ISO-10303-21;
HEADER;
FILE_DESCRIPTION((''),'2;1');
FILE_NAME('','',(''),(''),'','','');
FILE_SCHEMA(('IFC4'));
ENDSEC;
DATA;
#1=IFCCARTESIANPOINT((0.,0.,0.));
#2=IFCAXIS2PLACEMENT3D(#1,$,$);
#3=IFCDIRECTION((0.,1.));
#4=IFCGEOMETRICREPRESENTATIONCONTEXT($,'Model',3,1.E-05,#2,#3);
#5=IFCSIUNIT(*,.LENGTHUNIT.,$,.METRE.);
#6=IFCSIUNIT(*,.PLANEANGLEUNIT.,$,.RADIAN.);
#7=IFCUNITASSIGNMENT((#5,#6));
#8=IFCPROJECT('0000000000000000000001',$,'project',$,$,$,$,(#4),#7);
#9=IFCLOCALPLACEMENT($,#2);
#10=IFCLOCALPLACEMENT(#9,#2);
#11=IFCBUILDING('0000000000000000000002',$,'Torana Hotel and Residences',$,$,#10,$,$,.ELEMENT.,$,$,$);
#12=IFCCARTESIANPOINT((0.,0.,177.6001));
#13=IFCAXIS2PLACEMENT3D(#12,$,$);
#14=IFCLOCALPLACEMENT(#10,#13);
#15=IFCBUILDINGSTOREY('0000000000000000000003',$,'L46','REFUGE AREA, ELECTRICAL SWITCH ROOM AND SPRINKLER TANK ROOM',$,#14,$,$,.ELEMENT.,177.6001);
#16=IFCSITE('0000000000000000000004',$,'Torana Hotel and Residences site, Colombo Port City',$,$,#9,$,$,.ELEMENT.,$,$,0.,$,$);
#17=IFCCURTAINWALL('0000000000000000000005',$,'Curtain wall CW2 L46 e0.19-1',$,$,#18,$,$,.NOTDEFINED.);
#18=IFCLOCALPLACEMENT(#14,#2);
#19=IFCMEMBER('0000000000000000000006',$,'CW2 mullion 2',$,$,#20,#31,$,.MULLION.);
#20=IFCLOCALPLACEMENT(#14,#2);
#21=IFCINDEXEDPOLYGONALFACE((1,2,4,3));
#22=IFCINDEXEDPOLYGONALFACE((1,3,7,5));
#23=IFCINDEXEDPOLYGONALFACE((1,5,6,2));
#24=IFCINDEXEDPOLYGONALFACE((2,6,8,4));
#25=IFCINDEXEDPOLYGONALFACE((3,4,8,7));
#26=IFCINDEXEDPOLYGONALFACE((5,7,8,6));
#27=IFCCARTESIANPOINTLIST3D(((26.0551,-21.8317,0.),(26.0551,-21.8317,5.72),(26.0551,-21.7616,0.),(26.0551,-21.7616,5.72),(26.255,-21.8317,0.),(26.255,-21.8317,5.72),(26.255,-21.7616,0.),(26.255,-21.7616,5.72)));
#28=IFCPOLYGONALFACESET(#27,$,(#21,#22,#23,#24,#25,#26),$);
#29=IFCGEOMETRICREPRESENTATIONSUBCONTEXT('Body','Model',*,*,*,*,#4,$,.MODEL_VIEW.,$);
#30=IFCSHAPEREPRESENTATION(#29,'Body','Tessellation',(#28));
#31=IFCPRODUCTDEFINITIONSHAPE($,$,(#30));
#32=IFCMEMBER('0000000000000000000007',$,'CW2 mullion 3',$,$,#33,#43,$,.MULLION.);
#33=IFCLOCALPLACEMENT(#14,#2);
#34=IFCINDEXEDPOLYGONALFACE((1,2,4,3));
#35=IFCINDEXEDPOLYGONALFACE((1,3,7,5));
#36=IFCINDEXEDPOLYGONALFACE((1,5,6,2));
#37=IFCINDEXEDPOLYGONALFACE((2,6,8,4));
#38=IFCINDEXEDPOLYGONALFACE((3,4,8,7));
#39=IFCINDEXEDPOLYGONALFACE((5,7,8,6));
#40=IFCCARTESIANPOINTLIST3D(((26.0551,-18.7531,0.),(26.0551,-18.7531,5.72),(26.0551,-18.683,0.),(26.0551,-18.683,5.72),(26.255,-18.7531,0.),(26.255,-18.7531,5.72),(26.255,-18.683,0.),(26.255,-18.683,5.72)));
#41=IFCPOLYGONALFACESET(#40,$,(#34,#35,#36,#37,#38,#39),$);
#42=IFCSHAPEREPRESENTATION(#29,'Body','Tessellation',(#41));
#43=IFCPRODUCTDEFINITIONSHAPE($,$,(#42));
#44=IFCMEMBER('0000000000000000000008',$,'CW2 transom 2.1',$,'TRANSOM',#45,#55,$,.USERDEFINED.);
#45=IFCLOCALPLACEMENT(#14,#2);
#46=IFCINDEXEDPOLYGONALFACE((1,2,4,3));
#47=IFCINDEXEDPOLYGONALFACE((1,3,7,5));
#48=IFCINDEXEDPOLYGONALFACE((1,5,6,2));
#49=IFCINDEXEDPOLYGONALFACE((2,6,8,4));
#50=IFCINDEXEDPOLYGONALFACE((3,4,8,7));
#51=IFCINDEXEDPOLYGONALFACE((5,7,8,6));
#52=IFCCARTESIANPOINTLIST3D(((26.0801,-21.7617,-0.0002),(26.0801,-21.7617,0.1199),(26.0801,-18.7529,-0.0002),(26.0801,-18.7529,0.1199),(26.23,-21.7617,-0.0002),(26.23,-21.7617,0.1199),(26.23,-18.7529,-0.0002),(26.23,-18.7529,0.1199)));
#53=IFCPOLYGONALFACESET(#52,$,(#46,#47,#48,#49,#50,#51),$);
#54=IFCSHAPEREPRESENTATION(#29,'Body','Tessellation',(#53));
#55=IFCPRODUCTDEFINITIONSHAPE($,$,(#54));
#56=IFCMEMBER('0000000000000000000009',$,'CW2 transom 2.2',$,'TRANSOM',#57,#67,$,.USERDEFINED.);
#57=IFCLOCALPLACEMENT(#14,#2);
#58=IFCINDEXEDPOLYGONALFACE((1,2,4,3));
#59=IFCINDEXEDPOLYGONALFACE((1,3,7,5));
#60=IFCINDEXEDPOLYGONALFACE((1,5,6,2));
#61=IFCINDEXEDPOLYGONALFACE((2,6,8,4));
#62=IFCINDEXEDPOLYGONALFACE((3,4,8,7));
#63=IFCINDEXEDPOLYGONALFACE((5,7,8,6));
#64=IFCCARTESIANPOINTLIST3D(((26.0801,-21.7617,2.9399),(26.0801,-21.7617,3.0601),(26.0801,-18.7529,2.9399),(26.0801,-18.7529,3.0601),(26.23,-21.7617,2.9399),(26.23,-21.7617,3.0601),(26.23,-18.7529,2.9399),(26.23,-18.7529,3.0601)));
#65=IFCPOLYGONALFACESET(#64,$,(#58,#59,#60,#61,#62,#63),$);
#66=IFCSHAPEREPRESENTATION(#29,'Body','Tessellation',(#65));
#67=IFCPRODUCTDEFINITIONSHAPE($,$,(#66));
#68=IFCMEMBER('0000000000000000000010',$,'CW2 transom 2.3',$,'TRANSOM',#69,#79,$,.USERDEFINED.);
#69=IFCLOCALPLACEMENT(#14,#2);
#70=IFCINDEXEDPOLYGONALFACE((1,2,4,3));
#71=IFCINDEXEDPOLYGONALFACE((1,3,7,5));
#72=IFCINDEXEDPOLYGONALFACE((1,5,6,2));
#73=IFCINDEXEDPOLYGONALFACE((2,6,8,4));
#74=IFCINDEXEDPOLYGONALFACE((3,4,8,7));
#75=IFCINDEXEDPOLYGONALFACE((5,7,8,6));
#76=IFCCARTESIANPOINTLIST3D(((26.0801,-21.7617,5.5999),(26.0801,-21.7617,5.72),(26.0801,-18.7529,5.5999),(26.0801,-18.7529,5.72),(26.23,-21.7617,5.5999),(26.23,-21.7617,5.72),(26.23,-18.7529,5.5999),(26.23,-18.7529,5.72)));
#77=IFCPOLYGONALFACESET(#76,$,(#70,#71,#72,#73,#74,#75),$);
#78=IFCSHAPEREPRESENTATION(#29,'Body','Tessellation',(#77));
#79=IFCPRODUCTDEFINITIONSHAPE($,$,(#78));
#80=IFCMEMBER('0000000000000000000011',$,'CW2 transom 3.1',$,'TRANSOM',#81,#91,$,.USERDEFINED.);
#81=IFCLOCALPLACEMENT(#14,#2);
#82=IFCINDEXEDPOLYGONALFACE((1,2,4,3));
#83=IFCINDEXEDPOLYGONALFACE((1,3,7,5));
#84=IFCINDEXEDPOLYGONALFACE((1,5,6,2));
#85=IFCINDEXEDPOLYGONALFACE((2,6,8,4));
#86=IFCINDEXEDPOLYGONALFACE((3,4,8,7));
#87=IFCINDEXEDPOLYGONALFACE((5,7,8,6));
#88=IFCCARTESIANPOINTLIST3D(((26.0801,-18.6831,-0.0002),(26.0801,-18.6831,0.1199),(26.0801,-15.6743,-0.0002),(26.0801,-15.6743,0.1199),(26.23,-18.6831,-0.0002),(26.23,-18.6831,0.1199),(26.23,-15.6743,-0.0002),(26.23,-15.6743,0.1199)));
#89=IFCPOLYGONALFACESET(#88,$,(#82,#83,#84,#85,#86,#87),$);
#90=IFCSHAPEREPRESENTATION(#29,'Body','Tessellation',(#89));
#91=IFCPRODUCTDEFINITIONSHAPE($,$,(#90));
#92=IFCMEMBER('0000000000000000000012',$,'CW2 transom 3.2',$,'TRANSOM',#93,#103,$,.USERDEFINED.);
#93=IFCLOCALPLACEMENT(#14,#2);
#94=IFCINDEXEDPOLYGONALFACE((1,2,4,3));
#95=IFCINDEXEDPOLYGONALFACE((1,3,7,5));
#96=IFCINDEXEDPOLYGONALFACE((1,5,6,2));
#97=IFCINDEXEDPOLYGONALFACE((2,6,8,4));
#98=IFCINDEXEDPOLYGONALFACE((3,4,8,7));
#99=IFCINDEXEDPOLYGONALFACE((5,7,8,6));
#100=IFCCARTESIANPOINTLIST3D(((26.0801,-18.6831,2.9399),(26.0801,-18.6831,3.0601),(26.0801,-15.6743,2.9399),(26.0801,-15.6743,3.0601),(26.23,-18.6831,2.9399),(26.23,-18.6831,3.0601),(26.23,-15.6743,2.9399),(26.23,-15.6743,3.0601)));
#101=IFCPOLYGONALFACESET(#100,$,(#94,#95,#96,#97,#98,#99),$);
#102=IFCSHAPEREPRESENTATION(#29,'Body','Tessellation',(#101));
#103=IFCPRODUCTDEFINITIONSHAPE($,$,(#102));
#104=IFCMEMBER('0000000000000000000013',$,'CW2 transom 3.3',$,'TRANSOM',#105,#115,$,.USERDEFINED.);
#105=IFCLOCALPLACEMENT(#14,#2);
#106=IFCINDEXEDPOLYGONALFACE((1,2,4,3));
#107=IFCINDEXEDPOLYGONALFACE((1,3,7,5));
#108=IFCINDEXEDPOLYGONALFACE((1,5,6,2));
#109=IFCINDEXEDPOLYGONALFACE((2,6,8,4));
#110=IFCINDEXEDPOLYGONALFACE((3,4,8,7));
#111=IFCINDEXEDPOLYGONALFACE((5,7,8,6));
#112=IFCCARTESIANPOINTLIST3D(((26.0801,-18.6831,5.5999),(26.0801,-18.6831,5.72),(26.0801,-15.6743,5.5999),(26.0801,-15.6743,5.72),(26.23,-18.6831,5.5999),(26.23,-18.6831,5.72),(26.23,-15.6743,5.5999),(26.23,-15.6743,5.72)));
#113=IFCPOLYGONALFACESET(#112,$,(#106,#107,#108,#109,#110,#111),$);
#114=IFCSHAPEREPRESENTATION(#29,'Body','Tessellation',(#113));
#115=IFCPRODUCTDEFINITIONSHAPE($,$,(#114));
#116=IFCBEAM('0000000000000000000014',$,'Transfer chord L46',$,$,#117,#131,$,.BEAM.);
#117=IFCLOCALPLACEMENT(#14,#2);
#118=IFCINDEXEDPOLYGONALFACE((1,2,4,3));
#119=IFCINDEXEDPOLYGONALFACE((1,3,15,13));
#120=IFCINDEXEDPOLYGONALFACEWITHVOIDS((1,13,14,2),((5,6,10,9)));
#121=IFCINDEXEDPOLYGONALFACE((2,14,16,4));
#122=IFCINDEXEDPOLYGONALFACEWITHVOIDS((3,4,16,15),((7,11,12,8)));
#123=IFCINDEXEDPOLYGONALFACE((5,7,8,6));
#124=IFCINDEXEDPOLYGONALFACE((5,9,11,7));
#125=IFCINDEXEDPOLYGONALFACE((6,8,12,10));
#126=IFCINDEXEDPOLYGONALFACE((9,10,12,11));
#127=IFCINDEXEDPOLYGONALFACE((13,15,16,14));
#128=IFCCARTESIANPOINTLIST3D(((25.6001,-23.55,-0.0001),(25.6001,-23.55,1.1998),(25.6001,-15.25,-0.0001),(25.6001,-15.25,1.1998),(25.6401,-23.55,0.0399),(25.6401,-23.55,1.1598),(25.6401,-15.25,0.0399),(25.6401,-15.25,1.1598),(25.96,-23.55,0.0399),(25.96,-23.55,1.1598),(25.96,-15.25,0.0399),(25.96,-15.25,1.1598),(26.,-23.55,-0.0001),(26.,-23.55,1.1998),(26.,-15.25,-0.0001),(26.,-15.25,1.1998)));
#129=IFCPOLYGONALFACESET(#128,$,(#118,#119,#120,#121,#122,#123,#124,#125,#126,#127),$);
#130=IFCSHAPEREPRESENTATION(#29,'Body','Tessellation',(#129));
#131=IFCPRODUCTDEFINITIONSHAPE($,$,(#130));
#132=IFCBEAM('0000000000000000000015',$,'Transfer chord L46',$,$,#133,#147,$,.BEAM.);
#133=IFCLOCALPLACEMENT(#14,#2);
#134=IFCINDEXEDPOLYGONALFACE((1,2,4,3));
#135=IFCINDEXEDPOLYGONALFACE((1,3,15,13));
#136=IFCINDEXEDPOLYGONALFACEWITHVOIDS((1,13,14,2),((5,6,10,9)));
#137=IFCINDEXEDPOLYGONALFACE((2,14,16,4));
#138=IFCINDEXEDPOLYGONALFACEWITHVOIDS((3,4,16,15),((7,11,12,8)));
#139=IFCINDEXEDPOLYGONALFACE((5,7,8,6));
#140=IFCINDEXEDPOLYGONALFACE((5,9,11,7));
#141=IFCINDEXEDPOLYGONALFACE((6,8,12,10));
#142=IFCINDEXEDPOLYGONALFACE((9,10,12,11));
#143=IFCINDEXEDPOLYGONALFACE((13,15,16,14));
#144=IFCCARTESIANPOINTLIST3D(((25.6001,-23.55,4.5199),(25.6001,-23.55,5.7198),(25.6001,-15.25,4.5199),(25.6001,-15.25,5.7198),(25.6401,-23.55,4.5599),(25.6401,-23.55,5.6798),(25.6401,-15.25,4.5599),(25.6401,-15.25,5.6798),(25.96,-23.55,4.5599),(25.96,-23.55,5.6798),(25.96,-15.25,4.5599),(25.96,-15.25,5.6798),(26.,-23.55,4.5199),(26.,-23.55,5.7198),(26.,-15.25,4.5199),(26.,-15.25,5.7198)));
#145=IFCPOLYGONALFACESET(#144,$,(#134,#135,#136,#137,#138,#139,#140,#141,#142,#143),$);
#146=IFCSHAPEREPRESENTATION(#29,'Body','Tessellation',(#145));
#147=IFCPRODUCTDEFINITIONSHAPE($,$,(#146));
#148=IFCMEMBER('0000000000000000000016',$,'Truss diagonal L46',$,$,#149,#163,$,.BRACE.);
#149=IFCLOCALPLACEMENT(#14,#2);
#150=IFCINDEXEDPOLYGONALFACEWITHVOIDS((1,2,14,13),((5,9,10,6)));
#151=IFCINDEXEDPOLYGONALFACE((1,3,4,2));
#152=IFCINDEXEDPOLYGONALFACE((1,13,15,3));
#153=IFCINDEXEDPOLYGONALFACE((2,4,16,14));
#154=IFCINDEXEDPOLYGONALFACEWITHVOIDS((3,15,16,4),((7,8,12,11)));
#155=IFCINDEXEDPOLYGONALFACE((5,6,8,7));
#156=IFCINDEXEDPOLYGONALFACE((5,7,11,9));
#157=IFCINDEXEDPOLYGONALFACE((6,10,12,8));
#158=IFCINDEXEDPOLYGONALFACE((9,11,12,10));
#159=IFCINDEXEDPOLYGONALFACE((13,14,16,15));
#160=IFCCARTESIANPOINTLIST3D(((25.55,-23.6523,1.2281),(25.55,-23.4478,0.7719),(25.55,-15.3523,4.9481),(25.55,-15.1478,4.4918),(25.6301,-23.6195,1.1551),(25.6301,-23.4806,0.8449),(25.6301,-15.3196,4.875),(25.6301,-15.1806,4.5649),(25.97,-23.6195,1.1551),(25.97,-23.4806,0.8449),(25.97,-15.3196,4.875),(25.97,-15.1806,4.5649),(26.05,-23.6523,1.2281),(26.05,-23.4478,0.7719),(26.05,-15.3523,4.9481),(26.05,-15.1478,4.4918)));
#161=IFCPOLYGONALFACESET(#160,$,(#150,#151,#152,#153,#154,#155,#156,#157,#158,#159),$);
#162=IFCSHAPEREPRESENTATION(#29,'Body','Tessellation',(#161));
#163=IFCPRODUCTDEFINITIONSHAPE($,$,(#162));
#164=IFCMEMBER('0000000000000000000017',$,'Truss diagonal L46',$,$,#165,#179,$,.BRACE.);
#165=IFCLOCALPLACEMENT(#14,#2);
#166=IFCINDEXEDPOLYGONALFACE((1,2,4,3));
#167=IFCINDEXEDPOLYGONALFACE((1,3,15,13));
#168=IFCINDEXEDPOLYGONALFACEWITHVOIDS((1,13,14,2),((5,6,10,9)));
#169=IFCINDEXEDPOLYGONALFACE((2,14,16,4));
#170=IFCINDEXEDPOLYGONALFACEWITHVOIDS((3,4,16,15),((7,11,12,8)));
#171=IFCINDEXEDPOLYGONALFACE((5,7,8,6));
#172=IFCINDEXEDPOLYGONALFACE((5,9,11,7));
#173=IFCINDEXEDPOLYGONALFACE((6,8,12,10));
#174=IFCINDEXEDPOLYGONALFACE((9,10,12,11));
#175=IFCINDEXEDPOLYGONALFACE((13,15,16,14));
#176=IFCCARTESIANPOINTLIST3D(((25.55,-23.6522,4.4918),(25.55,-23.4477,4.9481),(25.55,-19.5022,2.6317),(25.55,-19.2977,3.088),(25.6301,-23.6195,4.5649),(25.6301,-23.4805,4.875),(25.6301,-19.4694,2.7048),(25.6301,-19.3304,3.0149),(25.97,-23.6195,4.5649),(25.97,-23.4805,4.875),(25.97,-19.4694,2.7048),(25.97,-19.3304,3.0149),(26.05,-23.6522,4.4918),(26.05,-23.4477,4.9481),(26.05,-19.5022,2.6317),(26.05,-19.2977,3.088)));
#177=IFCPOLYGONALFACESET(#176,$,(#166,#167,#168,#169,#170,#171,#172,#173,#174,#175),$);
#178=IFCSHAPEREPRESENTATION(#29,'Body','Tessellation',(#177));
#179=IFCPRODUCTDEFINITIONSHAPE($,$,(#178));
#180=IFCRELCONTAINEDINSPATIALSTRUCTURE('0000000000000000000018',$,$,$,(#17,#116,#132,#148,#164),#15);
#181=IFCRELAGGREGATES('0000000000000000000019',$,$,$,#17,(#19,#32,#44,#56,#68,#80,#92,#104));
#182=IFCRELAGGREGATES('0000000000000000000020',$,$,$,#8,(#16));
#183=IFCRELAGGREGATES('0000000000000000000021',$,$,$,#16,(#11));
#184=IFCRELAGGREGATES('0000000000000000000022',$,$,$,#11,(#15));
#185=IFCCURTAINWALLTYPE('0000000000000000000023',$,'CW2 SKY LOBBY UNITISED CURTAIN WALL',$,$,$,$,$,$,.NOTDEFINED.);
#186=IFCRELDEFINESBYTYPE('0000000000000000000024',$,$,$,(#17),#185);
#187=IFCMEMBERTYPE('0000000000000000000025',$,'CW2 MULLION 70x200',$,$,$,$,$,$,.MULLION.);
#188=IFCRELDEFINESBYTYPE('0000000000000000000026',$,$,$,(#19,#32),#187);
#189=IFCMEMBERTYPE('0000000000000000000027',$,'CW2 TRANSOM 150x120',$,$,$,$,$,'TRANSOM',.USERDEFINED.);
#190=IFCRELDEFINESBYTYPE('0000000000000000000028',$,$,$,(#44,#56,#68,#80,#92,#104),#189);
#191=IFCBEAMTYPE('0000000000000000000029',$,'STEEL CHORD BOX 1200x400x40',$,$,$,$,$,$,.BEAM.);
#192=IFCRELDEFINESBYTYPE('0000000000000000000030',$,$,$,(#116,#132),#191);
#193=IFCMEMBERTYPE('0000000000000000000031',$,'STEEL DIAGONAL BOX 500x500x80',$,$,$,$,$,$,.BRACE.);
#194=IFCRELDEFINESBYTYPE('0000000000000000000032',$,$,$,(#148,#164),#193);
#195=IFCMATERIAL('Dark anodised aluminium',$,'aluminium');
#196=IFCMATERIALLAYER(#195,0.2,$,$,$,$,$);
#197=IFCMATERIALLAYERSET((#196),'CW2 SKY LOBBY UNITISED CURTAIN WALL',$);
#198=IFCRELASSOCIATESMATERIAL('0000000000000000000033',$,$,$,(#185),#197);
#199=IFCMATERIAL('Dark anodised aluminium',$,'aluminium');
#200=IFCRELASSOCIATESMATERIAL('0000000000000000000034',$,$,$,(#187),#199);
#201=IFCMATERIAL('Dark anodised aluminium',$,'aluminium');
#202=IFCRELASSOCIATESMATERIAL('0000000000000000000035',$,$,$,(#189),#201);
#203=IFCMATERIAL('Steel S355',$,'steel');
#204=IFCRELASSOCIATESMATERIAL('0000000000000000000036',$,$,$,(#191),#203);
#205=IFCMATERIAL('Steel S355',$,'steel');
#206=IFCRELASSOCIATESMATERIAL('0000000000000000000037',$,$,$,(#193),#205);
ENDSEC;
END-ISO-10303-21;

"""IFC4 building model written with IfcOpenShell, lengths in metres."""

from ifc_helpers import new_model, si_unit, direction, frame, origin, origin_2d, place, context, subcontext, project, spatial, rectangle, hollow_rectangle, extrude, material, layer, layer_set, material_profile, profile_set, type_object, element, aggregate, save


model = new_model("IFC4")

# Units and contexts
model_context = context("Model", 3, precision=1e-05, world=origin(), true_north=direction((0.0, 1.0)))
body_context = subcontext(model_context, "Body", "Model", "MODEL_VIEW")
ifc_project = project(units=[si_unit("LENGTHUNIT", "METRE"), si_unit("PLANEANGLEUNIT", "RADIAN")], contexts=[model_context])

# Site, building, storey
site_placement = place(None, origin())
site = spatial("IfcSite", under=ifc_project, at=site_placement, Name="Torana Hotel and Residences site, Colombo Port City", CompositionType="ELEMENT", RefElevation=0.0)
building_placement = place(site_placement, origin())
building = spatial("IfcBuilding", under=site, at=building_placement, Name="Torana Hotel and Residences", CompositionType="ELEMENT")
storey_placement = place(building_placement, frame((0.0, 0.0, 177.6001)))
storey = spatial("IfcBuildingStorey", under=building, at=storey_placement, Name="L46", Description="REFUGE AREA, ELECTRICAL SWITCH ROOM AND SPRINKLER TANK ROOM", CompositionType="ELEMENT", Elevation=177.6001)

# Curtain wall, members
ifc_material_1 = material(Name="Dark anodised aluminium", Category="aluminium")
ifc_layer_1 = layer(ifc_material_1, 0.2)
ifc_layer_set_1 = layer_set([ifc_layer_1], Name="CW2 SKY LOBBY UNITISED CURTAIN WALL")
curtain_wall_type = type_object("IfcCurtainWallType", Name="CW2 SKY LOBBY UNITISED CURTAIN WALL", PredefinedType="NOTDEFINED", material=ifc_layer_set_1)
curtain_wall_placement = place(storey_placement, origin())
curtain_wall = element("IfcCurtainWall", 1, at=curtain_wall_placement, inside=storey, type_object=curtain_wall_type, Name="Curtain wall CW2 L46 e0.19-1", PredefinedType="NOTDEFINED")
ifc_material_2 = material(Name="Dark anodised aluminium", Category="aluminium")
ifc_material_profile_1 = material_profile(ifc_material_2, rectangle(XDim=0.2, YDim=0.0701, at=origin_2d()), Name="CW2 MULLION 70x200")
ifc_profile_set_1 = profile_set([ifc_material_profile_1], Name="Dark anodised aluminium")
member_type_1 = type_object("IfcMemberType", Name="CW2 MULLION 70x200", PredefinedType="MULLION", material=ifc_profile_set_1)
member_1_placement = place(storey_placement, frame((26.155, -21.7966, 0.0), z_axis=(0.0, 0.0, 1.0), x_axis=(-1.0, 0.0, 0.0)))
member_1 = element("IfcMember", 2, at=member_1_placement, type_object=member_type_1, Name="CW2 mullion 2", PredefinedType="MULLION", context=body_context, shape_type="SweptSolid", body=[
    extrude(rectangle(XDim=0.2, YDim=0.0701, at=origin_2d()), origin(), (0.0, 0.0, 1.0), 5.72),
])
member_2_placement = place(storey_placement, frame((26.155, -18.718, 0.0), z_axis=(0.0, 0.0, 1.0), x_axis=(-1.0, 0.0, 0.0)))
member_2 = element("IfcMember", 3, at=member_2_placement, type_object=member_type_1, Name="CW2 mullion 3", PredefinedType="MULLION", context=body_context, shape_type="SweptSolid", body=[
    extrude(rectangle(XDim=0.2, YDim=0.0701, at=origin_2d()), origin(), (0.0, 0.0, 1.0), 5.72),
])
ifc_material_3 = material(Name="Dark anodised aluminium", Category="aluminium")
ifc_material_profile_2 = material_profile(ifc_material_3, rectangle(XDim=0.1499, YDim=0.1201, at=origin_2d()), Name="CW2 TRANSOM 150x120")
ifc_profile_set_2 = profile_set([ifc_material_profile_2], Name="Dark anodised aluminium")
member_type_2 = type_object("IfcMemberType", Name="CW2 TRANSOM 150x120", ElementType="TRANSOM", PredefinedType="USERDEFINED", material=ifc_profile_set_2)
member_3_placement = place(storey_placement, frame((26.155, -21.7617, 0.0598), z_axis=(0.0, 1.0, 0.0), x_axis=(-1.0, 0.0, 0.0)))
member_3 = element("IfcMember", 4, at=member_3_placement, type_object=member_type_2, Name="CW2 transom 2.1", ObjectType="TRANSOM", PredefinedType="USERDEFINED", context=body_context, shape_type="SweptSolid", body=[
    extrude(rectangle(XDim=0.1499, YDim=0.1201, at=origin_2d()), origin(), (0.0, 0.0, 1.0), 3.0088),
])
member_4_placement = place(storey_placement, frame((26.155, -21.7617, 3.0), z_axis=(0.0, 1.0, 0.0), x_axis=(-1.0, 0.0, 0.0)))
member_4 = element("IfcMember", 5, at=member_4_placement, type_object=member_type_2, Name="CW2 transom 2.2", ObjectType="TRANSOM", PredefinedType="USERDEFINED", context=body_context, shape_type="SweptSolid", body=[
    extrude(rectangle(XDim=0.1499, YDim=0.1201, at=origin_2d()), origin(), (0.0, 0.0, 1.0), 3.0088),
])
member_5_placement = place(storey_placement, frame((26.155, -21.7617, 5.6599), z_axis=(0.0, 1.0, 0.0), x_axis=(-1.0, 0.0, 0.0)))
member_5 = element("IfcMember", 6, at=member_5_placement, type_object=member_type_2, Name="CW2 transom 2.3", ObjectType="TRANSOM", PredefinedType="USERDEFINED", context=body_context, shape_type="SweptSolid", body=[
    extrude(rectangle(XDim=0.1499, YDim=0.1201, at=origin_2d()), origin(), (0.0, 0.0, 1.0), 3.0088),
])
member_6_placement = place(storey_placement, frame((26.155, -18.6831, 0.0598), z_axis=(0.0, 1.0, 0.0), x_axis=(-1.0, 0.0, 0.0)))
member_6 = element("IfcMember", 7, at=member_6_placement, type_object=member_type_2, Name="CW2 transom 3.1", ObjectType="TRANSOM", PredefinedType="USERDEFINED", context=body_context, shape_type="SweptSolid", body=[
    extrude(rectangle(XDim=0.1499, YDim=0.1201, at=origin_2d()), origin(), (0.0, 0.0, 1.0), 3.0088),
])
member_7_placement = place(storey_placement, frame((26.155, -18.6831, 3.0), z_axis=(0.0, 1.0, 0.0), x_axis=(-1.0, 0.0, 0.0)))
member_7 = element("IfcMember", 8, at=member_7_placement, type_object=member_type_2, Name="CW2 transom 3.2", ObjectType="TRANSOM", PredefinedType="USERDEFINED", context=body_context, shape_type="SweptSolid", body=[
    extrude(rectangle(XDim=0.1499, YDim=0.1201, at=origin_2d()), origin(), (0.0, 0.0, 1.0), 3.0088),
])
member_8_placement = place(storey_placement, frame((26.155, -18.6831, 5.6599), z_axis=(0.0, 1.0, 0.0), x_axis=(-1.0, 0.0, 0.0)))
member_8 = element("IfcMember", 9, at=member_8_placement, type_object=member_type_2, Name="CW2 transom 3.3", ObjectType="TRANSOM", PredefinedType="USERDEFINED", context=body_context, shape_type="SweptSolid", body=[
    extrude(rectangle(XDim=0.1499, YDim=0.1201, at=origin_2d()), origin(), (0.0, 0.0, 1.0), 3.0088),
])

# Beams
ifc_material_4 = material(Name="Steel S355", Category="steel")
ifc_material_profile_3 = material_profile(ifc_material_4, hollow_rectangle(XDim=0.3999, YDim=1.2, WallThickness=0.04, at=origin_2d()), Name="BOX 1200x400x40")
ifc_profile_set_3 = profile_set([ifc_material_profile_3], Name="Steel S355")
beam_type = type_object("IfcBeamType", Name="STEEL CHORD BOX 1200x400x40", PredefinedType="BEAM", material=ifc_profile_set_3)
for number, where, z_axis, x_axis, name in (
    (10, (25.8, -23.55, 0.5999), (0.0, 1.0, 0.0), (-1.0, 0.0, 0.0), "Transfer chord L46"),
    (11, (25.8, -23.55, 5.1199), (0.0, 1.0, 0.0), (-1.0, 0.0, 0.0), "Transfer chord L46"),
):
    element("IfcBeam", number, at=place(storey_placement, frame(where, z_axis=z_axis, x_axis=x_axis)), inside=storey, type_object=beam_type, Name=name, PredefinedType="BEAM", context=body_context, shape_type="SweptSolid", body=[
        extrude(hollow_rectangle(XDim=0.3999, YDim=1.2, WallThickness=0.04, at=origin_2d()), origin(), (0.0, 0.0, 1.0), 8.3),
    ])

# Members
ifc_material_5 = material(Name="Steel S355", Category="steel")
ifc_material_profile_4 = material_profile(ifc_material_5, hollow_rectangle(XDim=0.5, YDim=0.5, WallThickness=0.0801, at=origin_2d()), Name="BOX 500x500x80")
ifc_profile_set_4 = profile_set([ifc_material_profile_4], Name="Steel S355")
member_type_3 = type_object("IfcMemberType", Name="STEEL DIAGONAL BOX 500x500x80", PredefinedType="BRACE", material=ifc_profile_set_4)
member_9_placement = place(storey_placement, frame((25.8, -23.55, 1.0), z_axis=(0.0, 0.91254, 0.408988), x_axis=(-1.0, 0.0, 0.0)))
element("IfcMember", 12, at=member_9_placement, inside=storey, type_object=member_type_3, Name="Truss diagonal L46", PredefinedType="BRACE", context=body_context, shape_type="SweptSolid", body=[
    extrude(hollow_rectangle(XDim=0.5, YDim=0.5, WallThickness=0.0801, at=origin_2d()), origin(), (0.0, 0.0, 1.0), 9.0955),
])
member_10_placement = place(storey_placement, frame((25.8, -19.3999, 2.8599), z_axis=(0.0, -0.912534, 0.409), x_axis=(1.0, 0.0, 0.0)))
element("IfcMember", 13, at=member_10_placement, inside=storey, type_object=member_type_3, Name="Truss diagonal L46", PredefinedType="BRACE", context=body_context, shape_type="SweptSolid", body=[
    extrude(hollow_rectangle(XDim=0.5, YDim=0.5, WallThickness=0.0801, at=origin_2d()), origin(), (0.0, 0.0, 1.0), 4.5479),
])

aggregate(curtain_wall, [member_1, member_2, member_3, member_4, member_5, member_6, member_7, member_8])

save(model, "model.ifc")
